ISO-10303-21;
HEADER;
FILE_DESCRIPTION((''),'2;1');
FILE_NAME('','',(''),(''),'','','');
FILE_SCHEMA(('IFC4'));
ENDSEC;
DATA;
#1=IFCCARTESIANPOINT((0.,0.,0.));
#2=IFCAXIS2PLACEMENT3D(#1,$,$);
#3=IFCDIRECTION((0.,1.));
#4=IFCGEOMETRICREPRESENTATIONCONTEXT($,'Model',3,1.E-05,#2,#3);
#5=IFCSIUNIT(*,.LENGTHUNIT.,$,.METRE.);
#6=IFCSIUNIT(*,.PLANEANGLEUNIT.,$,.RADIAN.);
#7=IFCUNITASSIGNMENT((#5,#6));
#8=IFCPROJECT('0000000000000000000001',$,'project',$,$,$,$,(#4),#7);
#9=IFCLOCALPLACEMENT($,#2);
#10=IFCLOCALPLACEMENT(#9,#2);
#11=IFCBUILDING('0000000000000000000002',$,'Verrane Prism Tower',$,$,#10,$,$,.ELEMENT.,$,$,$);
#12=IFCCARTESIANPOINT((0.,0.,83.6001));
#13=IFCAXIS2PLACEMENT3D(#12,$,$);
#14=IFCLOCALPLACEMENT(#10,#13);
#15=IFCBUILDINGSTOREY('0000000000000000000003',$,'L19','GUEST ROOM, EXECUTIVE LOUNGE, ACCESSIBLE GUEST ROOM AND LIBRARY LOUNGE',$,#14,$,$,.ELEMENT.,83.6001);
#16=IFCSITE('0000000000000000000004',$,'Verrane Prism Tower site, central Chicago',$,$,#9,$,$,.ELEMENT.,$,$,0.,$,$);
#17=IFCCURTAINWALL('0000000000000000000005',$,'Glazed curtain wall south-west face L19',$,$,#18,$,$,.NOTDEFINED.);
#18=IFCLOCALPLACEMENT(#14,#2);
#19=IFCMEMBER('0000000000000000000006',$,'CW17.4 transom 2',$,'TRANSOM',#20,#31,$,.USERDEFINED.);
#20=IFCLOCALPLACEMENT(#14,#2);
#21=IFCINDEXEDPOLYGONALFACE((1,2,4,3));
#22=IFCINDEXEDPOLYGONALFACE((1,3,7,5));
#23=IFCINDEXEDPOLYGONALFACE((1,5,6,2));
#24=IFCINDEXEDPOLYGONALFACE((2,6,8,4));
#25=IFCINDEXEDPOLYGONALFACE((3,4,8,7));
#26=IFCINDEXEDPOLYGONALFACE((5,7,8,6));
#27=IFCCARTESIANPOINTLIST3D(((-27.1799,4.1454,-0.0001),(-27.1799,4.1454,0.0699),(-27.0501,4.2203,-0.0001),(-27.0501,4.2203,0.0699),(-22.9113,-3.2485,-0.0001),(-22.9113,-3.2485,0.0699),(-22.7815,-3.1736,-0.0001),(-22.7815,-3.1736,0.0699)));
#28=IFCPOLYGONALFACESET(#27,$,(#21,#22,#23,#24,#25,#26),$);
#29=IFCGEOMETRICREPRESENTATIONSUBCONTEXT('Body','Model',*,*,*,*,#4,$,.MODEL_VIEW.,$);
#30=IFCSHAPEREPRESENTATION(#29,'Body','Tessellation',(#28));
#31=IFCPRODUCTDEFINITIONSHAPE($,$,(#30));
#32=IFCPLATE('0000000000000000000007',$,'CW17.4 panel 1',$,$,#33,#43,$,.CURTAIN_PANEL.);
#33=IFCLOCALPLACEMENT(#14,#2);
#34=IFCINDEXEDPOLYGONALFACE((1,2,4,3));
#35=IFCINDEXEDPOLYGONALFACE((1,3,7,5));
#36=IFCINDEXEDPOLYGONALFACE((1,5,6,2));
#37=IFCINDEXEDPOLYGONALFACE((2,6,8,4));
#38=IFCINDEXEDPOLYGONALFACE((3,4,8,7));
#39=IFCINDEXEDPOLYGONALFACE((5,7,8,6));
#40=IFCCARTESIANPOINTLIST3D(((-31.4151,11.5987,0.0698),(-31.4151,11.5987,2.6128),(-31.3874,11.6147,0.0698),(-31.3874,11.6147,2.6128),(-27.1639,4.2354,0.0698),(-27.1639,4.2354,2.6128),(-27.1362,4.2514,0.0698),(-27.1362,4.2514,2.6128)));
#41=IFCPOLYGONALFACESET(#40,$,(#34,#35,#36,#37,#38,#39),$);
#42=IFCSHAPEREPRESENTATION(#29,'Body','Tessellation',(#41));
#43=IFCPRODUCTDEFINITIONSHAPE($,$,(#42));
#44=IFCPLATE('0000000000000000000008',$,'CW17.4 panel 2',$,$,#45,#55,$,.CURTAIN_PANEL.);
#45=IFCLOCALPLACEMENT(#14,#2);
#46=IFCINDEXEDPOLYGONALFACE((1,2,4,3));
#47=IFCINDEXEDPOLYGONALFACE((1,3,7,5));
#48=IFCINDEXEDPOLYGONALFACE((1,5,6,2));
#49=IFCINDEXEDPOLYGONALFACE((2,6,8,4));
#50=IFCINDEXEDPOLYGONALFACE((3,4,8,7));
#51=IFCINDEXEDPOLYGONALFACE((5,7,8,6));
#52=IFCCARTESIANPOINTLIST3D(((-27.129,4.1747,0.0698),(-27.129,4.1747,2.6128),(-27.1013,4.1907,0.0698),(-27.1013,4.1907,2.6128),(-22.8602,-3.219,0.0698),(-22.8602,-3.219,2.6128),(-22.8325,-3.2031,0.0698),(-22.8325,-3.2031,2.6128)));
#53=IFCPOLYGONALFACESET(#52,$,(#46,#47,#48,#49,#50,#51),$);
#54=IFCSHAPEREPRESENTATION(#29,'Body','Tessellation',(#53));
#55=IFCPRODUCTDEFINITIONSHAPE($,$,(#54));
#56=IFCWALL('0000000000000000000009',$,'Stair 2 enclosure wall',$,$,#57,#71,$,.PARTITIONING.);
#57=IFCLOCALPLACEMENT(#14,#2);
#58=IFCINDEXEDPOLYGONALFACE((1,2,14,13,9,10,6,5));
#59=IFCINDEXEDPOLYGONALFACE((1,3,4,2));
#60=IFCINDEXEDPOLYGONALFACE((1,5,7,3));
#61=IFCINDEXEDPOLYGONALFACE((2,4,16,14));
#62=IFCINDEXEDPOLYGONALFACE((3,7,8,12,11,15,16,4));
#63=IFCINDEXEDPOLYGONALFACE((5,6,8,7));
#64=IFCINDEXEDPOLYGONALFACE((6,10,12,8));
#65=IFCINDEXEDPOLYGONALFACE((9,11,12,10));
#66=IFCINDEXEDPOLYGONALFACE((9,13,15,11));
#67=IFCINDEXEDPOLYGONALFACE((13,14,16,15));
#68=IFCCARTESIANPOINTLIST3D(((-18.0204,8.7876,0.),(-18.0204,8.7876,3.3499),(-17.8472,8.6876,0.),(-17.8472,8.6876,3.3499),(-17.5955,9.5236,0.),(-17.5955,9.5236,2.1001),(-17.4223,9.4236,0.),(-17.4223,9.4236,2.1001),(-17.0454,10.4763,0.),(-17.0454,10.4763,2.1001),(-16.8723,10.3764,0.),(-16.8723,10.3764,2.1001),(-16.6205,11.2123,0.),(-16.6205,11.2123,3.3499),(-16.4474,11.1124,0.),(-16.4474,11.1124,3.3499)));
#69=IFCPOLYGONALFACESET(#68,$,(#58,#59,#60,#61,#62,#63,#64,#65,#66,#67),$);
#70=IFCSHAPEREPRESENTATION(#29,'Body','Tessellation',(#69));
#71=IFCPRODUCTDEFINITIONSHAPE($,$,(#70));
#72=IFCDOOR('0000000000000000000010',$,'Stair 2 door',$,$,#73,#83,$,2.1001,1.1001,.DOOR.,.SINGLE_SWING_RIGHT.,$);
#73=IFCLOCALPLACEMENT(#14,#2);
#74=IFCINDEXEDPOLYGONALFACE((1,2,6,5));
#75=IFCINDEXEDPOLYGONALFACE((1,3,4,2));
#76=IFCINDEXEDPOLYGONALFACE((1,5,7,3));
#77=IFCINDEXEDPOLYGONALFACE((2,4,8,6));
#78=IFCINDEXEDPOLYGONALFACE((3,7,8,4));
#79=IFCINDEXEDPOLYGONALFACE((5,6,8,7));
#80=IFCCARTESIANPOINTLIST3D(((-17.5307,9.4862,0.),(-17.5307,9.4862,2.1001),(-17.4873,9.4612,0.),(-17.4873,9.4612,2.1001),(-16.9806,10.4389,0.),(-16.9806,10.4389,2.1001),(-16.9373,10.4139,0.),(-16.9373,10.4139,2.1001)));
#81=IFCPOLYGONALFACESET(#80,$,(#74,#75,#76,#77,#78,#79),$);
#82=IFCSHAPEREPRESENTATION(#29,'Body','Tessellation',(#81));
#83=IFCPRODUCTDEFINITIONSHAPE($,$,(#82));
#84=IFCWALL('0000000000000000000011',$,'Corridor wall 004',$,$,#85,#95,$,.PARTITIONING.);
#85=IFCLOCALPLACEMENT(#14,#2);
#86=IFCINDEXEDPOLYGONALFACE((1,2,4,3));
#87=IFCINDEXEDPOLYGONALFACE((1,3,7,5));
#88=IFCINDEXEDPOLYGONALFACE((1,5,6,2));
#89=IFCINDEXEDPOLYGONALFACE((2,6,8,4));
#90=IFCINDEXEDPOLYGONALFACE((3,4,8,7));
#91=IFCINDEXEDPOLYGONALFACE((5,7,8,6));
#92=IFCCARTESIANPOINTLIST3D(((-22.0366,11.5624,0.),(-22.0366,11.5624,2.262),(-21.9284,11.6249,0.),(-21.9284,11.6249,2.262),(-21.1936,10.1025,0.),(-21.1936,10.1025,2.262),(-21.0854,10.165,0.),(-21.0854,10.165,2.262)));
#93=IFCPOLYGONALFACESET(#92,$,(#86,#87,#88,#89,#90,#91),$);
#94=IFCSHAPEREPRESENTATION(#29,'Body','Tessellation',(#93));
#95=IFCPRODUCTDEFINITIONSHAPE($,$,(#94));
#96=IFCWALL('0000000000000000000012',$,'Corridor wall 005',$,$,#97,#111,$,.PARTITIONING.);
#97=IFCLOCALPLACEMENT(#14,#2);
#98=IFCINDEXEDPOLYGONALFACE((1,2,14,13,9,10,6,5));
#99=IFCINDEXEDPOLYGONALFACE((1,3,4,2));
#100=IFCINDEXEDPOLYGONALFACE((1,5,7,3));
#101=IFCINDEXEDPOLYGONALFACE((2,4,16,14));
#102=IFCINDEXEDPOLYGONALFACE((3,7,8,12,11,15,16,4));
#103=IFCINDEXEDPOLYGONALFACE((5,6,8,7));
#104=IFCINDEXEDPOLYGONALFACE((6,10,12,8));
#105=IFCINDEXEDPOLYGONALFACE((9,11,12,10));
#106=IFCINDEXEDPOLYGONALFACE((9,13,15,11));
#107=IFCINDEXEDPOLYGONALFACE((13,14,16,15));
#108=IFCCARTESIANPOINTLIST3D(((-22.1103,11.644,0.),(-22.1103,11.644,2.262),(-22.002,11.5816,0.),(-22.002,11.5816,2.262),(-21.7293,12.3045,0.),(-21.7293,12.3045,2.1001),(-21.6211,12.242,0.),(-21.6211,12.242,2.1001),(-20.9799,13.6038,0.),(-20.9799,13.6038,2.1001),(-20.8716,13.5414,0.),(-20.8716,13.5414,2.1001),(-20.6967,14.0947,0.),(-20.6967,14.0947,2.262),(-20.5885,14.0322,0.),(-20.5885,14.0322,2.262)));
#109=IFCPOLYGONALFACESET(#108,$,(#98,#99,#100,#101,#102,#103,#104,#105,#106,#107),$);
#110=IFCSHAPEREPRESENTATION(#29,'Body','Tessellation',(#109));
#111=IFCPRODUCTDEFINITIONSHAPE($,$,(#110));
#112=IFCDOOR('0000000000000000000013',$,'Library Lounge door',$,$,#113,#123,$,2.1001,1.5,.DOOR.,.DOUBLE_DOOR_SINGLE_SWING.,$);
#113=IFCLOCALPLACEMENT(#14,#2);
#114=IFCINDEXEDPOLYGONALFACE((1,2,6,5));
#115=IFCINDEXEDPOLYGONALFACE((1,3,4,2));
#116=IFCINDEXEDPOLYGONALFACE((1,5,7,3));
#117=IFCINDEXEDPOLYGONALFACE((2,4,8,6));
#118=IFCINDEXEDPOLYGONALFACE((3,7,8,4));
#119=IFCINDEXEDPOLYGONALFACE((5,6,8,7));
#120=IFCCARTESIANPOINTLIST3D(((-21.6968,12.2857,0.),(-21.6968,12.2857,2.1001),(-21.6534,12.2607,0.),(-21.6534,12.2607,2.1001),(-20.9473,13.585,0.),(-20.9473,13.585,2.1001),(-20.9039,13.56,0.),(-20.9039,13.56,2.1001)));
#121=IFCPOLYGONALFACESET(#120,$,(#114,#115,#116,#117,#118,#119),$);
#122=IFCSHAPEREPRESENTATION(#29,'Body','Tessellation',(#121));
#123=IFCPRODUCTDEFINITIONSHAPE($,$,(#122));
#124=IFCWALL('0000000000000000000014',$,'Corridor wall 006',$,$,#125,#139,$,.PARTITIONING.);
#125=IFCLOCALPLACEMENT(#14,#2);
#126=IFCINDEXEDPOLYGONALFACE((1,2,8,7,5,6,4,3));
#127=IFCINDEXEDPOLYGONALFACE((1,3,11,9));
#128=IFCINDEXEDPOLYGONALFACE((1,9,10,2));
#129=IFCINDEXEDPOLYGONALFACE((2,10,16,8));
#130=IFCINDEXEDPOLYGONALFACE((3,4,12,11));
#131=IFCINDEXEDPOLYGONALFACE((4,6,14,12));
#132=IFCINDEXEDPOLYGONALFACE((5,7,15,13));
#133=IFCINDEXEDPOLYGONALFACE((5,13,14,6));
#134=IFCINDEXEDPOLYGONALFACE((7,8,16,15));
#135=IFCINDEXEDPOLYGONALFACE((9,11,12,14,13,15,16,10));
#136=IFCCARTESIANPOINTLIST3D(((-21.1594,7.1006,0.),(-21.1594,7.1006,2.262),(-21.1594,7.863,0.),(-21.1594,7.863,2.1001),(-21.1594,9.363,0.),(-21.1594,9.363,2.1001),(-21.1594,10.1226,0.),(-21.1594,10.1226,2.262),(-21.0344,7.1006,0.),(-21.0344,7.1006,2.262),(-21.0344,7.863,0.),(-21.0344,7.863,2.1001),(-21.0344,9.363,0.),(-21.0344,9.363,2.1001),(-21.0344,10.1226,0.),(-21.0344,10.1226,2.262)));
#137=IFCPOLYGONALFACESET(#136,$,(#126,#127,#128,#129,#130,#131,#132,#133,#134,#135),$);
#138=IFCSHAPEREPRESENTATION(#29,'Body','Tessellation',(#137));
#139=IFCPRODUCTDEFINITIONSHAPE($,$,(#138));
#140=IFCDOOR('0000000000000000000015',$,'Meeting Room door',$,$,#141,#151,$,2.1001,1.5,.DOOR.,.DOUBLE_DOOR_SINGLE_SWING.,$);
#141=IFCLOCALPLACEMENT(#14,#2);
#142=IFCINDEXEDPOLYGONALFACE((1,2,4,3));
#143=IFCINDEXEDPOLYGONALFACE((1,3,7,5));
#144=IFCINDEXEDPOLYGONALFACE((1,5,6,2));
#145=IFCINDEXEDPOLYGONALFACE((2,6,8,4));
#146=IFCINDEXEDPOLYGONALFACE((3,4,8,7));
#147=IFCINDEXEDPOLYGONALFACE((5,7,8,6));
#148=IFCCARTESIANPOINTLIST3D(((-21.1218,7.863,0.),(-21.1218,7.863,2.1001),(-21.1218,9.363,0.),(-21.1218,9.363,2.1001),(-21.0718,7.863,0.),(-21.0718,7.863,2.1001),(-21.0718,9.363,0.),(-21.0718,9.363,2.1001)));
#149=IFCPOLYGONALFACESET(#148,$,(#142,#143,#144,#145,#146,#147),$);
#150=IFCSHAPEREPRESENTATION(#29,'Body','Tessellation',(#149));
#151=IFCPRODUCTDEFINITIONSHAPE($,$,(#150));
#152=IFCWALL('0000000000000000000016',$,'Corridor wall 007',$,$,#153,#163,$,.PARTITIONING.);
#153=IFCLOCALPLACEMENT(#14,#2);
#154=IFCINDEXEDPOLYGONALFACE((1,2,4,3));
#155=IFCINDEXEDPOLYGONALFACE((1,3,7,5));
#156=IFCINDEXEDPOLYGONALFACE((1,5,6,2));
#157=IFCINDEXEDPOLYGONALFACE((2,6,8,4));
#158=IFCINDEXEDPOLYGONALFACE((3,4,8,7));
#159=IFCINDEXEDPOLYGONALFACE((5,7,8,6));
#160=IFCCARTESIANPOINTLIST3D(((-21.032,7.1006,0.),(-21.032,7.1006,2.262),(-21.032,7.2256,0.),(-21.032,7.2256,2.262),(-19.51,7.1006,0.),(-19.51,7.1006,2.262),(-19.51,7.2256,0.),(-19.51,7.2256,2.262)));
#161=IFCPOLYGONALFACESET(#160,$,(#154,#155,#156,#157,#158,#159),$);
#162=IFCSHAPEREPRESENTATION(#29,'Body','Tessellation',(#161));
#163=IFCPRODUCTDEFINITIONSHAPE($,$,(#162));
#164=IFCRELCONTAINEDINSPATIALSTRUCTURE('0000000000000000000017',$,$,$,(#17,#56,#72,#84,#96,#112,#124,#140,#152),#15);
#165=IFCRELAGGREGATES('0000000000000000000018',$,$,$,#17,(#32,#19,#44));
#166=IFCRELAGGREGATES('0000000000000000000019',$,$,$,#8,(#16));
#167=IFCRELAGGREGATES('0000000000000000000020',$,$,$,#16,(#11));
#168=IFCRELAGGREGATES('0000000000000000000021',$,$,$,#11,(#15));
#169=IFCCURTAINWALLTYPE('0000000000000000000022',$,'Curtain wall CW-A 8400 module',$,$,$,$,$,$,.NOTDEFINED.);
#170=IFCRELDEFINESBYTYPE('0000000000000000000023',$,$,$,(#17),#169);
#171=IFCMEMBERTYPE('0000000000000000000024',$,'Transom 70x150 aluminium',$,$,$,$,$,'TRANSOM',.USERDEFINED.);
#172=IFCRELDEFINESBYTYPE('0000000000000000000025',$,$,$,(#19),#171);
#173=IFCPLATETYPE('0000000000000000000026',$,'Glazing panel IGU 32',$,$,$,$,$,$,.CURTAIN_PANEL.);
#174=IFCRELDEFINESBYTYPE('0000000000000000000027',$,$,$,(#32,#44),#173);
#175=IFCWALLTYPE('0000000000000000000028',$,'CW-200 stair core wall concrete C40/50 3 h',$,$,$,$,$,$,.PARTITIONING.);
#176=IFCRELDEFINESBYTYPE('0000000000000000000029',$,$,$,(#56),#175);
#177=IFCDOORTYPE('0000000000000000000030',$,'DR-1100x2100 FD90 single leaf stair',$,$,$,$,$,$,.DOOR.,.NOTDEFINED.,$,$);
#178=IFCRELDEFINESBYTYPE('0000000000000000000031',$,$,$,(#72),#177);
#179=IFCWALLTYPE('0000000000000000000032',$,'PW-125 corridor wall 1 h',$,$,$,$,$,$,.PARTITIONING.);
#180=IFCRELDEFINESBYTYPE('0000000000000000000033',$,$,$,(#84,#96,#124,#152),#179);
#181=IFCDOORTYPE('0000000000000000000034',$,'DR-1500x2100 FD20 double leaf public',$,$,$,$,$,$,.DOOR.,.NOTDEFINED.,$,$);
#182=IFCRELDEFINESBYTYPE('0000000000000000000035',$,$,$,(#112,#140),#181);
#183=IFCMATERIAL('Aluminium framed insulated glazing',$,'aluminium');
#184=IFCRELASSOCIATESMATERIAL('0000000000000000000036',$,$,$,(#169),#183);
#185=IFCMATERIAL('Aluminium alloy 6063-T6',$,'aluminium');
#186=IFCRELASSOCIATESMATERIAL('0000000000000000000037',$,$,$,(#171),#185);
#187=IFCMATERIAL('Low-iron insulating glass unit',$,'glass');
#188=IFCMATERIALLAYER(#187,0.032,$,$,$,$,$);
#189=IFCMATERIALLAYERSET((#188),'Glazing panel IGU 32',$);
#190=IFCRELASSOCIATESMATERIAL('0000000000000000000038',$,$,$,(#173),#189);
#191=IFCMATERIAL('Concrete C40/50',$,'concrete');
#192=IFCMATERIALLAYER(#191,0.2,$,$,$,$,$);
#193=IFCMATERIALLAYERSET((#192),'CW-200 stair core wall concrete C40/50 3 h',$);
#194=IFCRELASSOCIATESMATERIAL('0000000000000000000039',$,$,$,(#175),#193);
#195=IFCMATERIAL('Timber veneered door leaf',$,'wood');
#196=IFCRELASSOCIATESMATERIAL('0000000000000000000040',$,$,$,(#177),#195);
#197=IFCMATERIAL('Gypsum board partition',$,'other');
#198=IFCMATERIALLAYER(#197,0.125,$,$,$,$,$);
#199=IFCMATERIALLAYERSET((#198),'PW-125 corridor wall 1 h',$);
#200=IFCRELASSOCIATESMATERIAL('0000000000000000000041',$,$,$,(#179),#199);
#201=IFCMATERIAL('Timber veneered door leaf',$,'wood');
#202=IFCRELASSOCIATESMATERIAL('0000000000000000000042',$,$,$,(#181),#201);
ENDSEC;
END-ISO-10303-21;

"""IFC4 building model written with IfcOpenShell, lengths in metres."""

from ifc_helpers import new_model, si_unit, direction, frame, frame_2d, origin, origin_2d, place, context, subcontext, project, spatial, rectangle, extrude, material, layer, layer_set, material_profile, profile_set, type_object, element, fill, aggregate, save


model = new_model("IFC4")

# Units and contexts
model_context = context("Model", 3, precision=1e-05, world=origin(), true_north=direction((0.0, 1.0)))
body_context = subcontext(model_context, "Body", "Model", "MODEL_VIEW")
ifc_project = project(units=[si_unit("LENGTHUNIT", "METRE"), si_unit("PLANEANGLEUNIT", "RADIAN")], contexts=[model_context])

# Site, building, storey
site_placement = place(None, origin())
site = spatial("IfcSite", under=ifc_project, at=site_placement, Name="Verrane Prism Tower site, central Chicago", CompositionType="ELEMENT", RefElevation=0.0)
building_placement = place(site_placement, origin())
building = spatial("IfcBuilding", under=site, at=building_placement, Name="Verrane Prism Tower", CompositionType="ELEMENT")
storey_placement = place(building_placement, frame((0.0, 0.0, 83.6001)))
storey = spatial("IfcBuildingStorey", under=building, at=storey_placement, Name="L19", Description="GUEST ROOM, EXECUTIVE LOUNGE, ACCESSIBLE GUEST ROOM AND LIBRARY LOUNGE", CompositionType="ELEMENT", Elevation=83.6001)

# Curtain wall
ifc_material_1 = material(Name="Aluminium framed insulated glazing", Category="aluminium")
curtain_wall_type = type_object("IfcCurtainWallType", Name="Curtain wall CW-A 8400 module", PredefinedType="NOTDEFINED", material=ifc_material_1)
curtain_wall_placement = place(storey_placement, origin())
curtain_wall = element("IfcCurtainWall", 1, at=curtain_wall_placement, inside=storey, type_object=curtain_wall_type, Name="Glazed curtain wall south-west face L19", PredefinedType="NOTDEFINED")

# Member
ifc_material_2 = material(Name="Aluminium alloy 6063-T6", Category="aluminium")
ifc_material_profile_1 = material_profile(ifc_material_2, rectangle(XDim=0.1499, YDim=0.0701, at=origin_2d()), Name="Transom 70x150 aluminium")
ifc_profile_set_1 = profile_set([ifc_material_profile_1], Name="Aluminium alloy 6063-T6")
member_type_1 = type_object("IfcMemberType", Name="Transom 70x150 aluminium", ElementType="TRANSOM", PredefinedType="USERDEFINED", material=ifc_profile_set_1)
member_1_placement = place(storey_placement, frame((-27.115, 4.1829, 0.0349), z_axis=(0.499977, -0.866038, 0.0), x_axis=(0.866038, 0.499977, 0.0)))
member_1 = element("IfcMember", 2, at=member_1_placement, type_object=member_type_1, Name="CW17.4 transom 2", ObjectType="TRANSOM", PredefinedType="USERDEFINED", context=body_context, shape_type="SweptSolid", body=[
    extrude(rectangle(XDim=0.1499, YDim=0.0701, at=origin_2d()), origin(), (0.0, 0.0, 1.0), 8.5376),
])

# Plates
ifc_material_3 = material(Name="Low-iron insulating glass unit", Category="glass")
ifc_layer_1 = layer(ifc_material_3, 0.032)
ifc_layer_set_1 = layer_set([ifc_layer_1], Name="Glazing panel IGU 32")
plate_type = type_object("IfcPlateType", Name="Glazing panel IGU 32", PredefinedType="CURTAIN_PANEL", material=ifc_layer_set_1)
plate_1_placement = place(storey_placement, frame((-29.2756, 7.925, 0.0698), z_axis=(0.0, 0.0, 1.0), x_axis=(0.499999, -0.866026, 0.0)))
plate_1 = element("IfcPlate", 3, at=plate_1_placement, type_object=plate_type, Name="CW17.4 panel 1", PredefinedType="CURTAIN_PANEL", context=body_context, shape_type="SweptSolid", body=[
    extrude(rectangle(XDim=8.5024, YDim=0.032, at=origin_2d()), origin(), (0.0, 0.0, 1.0), 2.543),
])
plate_2_placement = place(storey_placement, frame((-24.9807, 0.4858, 0.0698), z_axis=(0.0, 0.0, 1.0), x_axis=(0.499999, -0.866026, 0.0)))
plate_2 = element("IfcPlate", 4, at=plate_2_placement, type_object=plate_type, Name="CW17.4 panel 2", PredefinedType="CURTAIN_PANEL", context=body_context, shape_type="SweptSolid", body=[
    extrude(rectangle(XDim=8.5376, YDim=0.032, at=origin_2d()), origin(), (0.0, 0.0, 1.0), 2.543),
])
aggregate(curtain_wall, [plate_1, member_1, plate_2])

# Wall, opening, door
ifc_material_4 = material(Name="Concrete C40/50", Category="concrete")
ifc_layer_2 = layer(ifc_material_4, 0.2)
ifc_layer_set_2 = layer_set([ifc_layer_2], Name="CW-200 stair core wall concrete C40/50 3 h")
wall_type_1 = type_object("IfcWallType", Name="CW-200 stair core wall concrete C40/50 3 h", PredefinedType="PARTITIONING", material=ifc_layer_set_2)
wall_1_placement = place(storey_placement, frame((-16.5339, 11.1624, 0.0), z_axis=(0.0, 0.0, 1.0), x_axis=(-0.499984, -0.866035, 0.0)))
wall_1 = element("IfcWall", 5, at=wall_1_placement, inside=storey, type_object=wall_type_1, Name="Stair 2 enclosure wall", PredefinedType="PARTITIONING", context=body_context, shape_type="SweptSolid", body=[
    extrude(rectangle(XDim=2.7998, YDim=0.2, at=frame_2d((1.3999, 0.0))), origin(), (0.0, 0.0, 1.0), 3.3499),
])
opening_1_placement = place(wall_1_placement, frame((0.8499, 0.0, 0.0)))
opening_1 = element("IfcOpeningElement", 6, at=opening_1_placement, cuts=wall_1, PredefinedType="OPENING", context=body_context, shape_type="SweptSolid", body=[
    extrude(rectangle(XDim=1.1001, YDim=2.1001, at=frame_2d((0.55, 1.05))), frame((0.0, 0.1099, 0.0), z_axis=(0.0, -1.0, 0.0), x_axis=(1.0, 0.0, 0.0)), (0.0, 0.0, 1.0), 0.22),
])
ifc_material_5 = material(Name="Timber veneered door leaf", Category="wood")
door_type_1 = type_object("IfcDoorType", Name="DR-1100x2100 FD90 single leaf stair", OperationType="NOTDEFINED", PredefinedType="DOOR", material=ifc_material_5)
door_1_placement = place(opening_1_placement, origin())
door_1 = element("IfcDoor", 7, at=door_1_placement, inside=storey, type_object=door_type_1, Name="Stair 2 door", OperationType="SINGLE_SWING_RIGHT", OverallHeight=2.1001, OverallWidth=1.1001, PredefinedType="DOOR", context=body_context, shape_type="SweptSolid", body=[
    extrude(rectangle(XDim=1.1001, YDim=2.1001, at=frame_2d((0.55, 1.05))), frame((0.0, 0.0249, 0.0), z_axis=(0.0, -1.0, 0.0), x_axis=(1.0, 0.0, 0.0)), (0.0, 0.0, 1.0), 0.05),
])
fill(opening_1, door_1)

# Wall
ifc_material_6 = material(Name="Gypsum board partition", Category="other")
ifc_layer_3 = layer(ifc_material_6, 0.125)
ifc_layer_set_3 = layer_set([ifc_layer_3], Name="PW-125 corridor wall 1 h")
wall_type_2 = type_object("IfcWallType", Name="PW-125 corridor wall 1 h", PredefinedType="PARTITIONING", material=ifc_layer_set_3)
wall_2_placement = place(storey_placement, frame((-21.9824, 11.5935, 0.0), z_axis=(0.0, 0.0, 1.0), x_axis=(0.500048, -0.865997, 0.0)))
element("IfcWall", 8, at=wall_2_placement, inside=storey, type_object=wall_type_2, Name="Corridor wall 004", PredefinedType="PARTITIONING", context=body_context, shape_type="SweptSolid", body=[
    extrude(rectangle(XDim=1.6858, YDim=0.125, at=frame_2d((0.8428, 0.0))), origin(), (0.0, 0.0, 1.0), 2.262),
])

# Walls, openings, doors
wall_3_placement = place(storey_placement, frame((-22.0562, 11.6128, 0.0), z_axis=(0.0, 0.0, 1.0), x_axis=(0.499648, 0.866229, 0.0)))
wall_3 = element("IfcWall", 9, at=wall_3_placement, inside=storey, type_object=wall_type_2, Name="Corridor wall 005", PredefinedType="PARTITIONING", context=body_context, shape_type="SweptSolid", body=[
    extrude(rectangle(XDim=2.8291, YDim=0.125, at=frame_2d((1.4146, 0.0))), origin(), (0.0, 0.0, 1.0), 2.262),
])
opening_2_placement = place(wall_3_placement, frame((0.7625, 0.0, 0.0)))
opening_2 = element("IfcOpeningElement", 10, at=opening_2_placement, cuts=wall_3, PredefinedType="OPENING", context=body_context, shape_type="SweptSolid", body=[
    extrude(rectangle(XDim=1.5, YDim=2.1001, at=frame_2d((0.75, 1.05))), frame((0.0, 0.0725, 0.0), z_axis=(0.0, -1.0, 0.0), x_axis=(1.0, 0.0, 0.0)), (0.0, 0.0, 1.0), 0.145),
])
ifc_material_7 = material(Name="Timber veneered door leaf", Category="wood")
door_type_2 = type_object("IfcDoorType", Name="DR-1500x2100 FD20 double leaf public", OperationType="NOTDEFINED", PredefinedType="DOOR", material=ifc_material_7)
door_2_placement = place(opening_2_placement, origin())
door_2 = element("IfcDoor", 11, at=door_2_placement, inside=storey, type_object=door_type_2, Name="Library Lounge door", OperationType="DOUBLE_DOOR_SINGLE_SWING", OverallHeight=2.1001, OverallWidth=1.5, PredefinedType="DOOR", context=body_context, shape_type="SweptSolid", body=[
    extrude(rectangle(XDim=1.5, YDim=2.1001, at=frame_2d((0.75, 1.05))), frame((0.0, 0.0249, 0.0), z_axis=(0.0, -1.0, 0.0), x_axis=(1.0, 0.0, 0.0)), (0.0, 0.0, 1.0), 0.05),
])
fill(opening_2, door_2)
wall_4_placement = place(storey_placement, frame((-21.0969, 7.1006, 0.0), z_axis=(0.0, 0.0, 1.0), x_axis=(0.0, 1.0, 0.0)))
wall_4 = element("IfcWall", 12, at=wall_4_placement, inside=storey, type_object=wall_type_2, Name="Corridor wall 006", PredefinedType="PARTITIONING", context=body_context, shape_type="SweptSolid", body=[
    extrude(rectangle(XDim=3.022, YDim=0.125, at=frame_2d((1.511, 0.0))), origin(), (0.0, 0.0, 1.0), 2.262),
])
opening_3_placement = place(wall_4_placement, frame((0.7625, 0.0, 0.0)))
opening_3 = element("IfcOpeningElement", 13, at=opening_3_placement, cuts=wall_4, PredefinedType="OPENING", context=body_context, shape_type="SweptSolid", body=[
    extrude(rectangle(XDim=1.5, YDim=2.1001, at=frame_2d((0.75, 1.05))), frame((0.0, 0.0725, 0.0), z_axis=(0.0, -1.0, 0.0), x_axis=(1.0, 0.0, 0.0)), (0.0, 0.0, 1.0), 0.145),
])
door_3_placement = place(opening_3_placement, origin())
door_3 = element("IfcDoor", 14, at=door_3_placement, inside=storey, type_object=door_type_2, Name="Meeting Room door", OperationType="DOUBLE_DOOR_SINGLE_SWING", OverallHeight=2.1001, OverallWidth=1.5, PredefinedType="DOOR", context=body_context, shape_type="SweptSolid", body=[
    extrude(rectangle(XDim=1.5, YDim=2.1001, at=frame_2d((0.75, 1.05))), frame((0.0, 0.0249, 0.0), z_axis=(0.0, -1.0, 0.0), x_axis=(1.0, 0.0, 0.0)), (0.0, 0.0, 1.0), 0.05),
])
fill(opening_3, door_3)

# Wall
wall_5_placement = place(storey_placement, frame((-21.032, 7.1631, 0.0), z_axis=(0.0, 0.0, 1.0), x_axis=(1.0, 0.0, 0.0)))
element("IfcWall", 15, at=wall_5_placement, inside=storey, type_object=wall_type_2, Name="Corridor wall 007", PredefinedType="PARTITIONING", context=body_context, shape_type="SweptSolid", body=[
    extrude(rectangle(XDim=1.522, YDim=0.125, at=frame_2d((0.761, 0.0))), origin(), (0.0, 0.0, 1.0), 2.262),
])

save(model, "model.ifc")
